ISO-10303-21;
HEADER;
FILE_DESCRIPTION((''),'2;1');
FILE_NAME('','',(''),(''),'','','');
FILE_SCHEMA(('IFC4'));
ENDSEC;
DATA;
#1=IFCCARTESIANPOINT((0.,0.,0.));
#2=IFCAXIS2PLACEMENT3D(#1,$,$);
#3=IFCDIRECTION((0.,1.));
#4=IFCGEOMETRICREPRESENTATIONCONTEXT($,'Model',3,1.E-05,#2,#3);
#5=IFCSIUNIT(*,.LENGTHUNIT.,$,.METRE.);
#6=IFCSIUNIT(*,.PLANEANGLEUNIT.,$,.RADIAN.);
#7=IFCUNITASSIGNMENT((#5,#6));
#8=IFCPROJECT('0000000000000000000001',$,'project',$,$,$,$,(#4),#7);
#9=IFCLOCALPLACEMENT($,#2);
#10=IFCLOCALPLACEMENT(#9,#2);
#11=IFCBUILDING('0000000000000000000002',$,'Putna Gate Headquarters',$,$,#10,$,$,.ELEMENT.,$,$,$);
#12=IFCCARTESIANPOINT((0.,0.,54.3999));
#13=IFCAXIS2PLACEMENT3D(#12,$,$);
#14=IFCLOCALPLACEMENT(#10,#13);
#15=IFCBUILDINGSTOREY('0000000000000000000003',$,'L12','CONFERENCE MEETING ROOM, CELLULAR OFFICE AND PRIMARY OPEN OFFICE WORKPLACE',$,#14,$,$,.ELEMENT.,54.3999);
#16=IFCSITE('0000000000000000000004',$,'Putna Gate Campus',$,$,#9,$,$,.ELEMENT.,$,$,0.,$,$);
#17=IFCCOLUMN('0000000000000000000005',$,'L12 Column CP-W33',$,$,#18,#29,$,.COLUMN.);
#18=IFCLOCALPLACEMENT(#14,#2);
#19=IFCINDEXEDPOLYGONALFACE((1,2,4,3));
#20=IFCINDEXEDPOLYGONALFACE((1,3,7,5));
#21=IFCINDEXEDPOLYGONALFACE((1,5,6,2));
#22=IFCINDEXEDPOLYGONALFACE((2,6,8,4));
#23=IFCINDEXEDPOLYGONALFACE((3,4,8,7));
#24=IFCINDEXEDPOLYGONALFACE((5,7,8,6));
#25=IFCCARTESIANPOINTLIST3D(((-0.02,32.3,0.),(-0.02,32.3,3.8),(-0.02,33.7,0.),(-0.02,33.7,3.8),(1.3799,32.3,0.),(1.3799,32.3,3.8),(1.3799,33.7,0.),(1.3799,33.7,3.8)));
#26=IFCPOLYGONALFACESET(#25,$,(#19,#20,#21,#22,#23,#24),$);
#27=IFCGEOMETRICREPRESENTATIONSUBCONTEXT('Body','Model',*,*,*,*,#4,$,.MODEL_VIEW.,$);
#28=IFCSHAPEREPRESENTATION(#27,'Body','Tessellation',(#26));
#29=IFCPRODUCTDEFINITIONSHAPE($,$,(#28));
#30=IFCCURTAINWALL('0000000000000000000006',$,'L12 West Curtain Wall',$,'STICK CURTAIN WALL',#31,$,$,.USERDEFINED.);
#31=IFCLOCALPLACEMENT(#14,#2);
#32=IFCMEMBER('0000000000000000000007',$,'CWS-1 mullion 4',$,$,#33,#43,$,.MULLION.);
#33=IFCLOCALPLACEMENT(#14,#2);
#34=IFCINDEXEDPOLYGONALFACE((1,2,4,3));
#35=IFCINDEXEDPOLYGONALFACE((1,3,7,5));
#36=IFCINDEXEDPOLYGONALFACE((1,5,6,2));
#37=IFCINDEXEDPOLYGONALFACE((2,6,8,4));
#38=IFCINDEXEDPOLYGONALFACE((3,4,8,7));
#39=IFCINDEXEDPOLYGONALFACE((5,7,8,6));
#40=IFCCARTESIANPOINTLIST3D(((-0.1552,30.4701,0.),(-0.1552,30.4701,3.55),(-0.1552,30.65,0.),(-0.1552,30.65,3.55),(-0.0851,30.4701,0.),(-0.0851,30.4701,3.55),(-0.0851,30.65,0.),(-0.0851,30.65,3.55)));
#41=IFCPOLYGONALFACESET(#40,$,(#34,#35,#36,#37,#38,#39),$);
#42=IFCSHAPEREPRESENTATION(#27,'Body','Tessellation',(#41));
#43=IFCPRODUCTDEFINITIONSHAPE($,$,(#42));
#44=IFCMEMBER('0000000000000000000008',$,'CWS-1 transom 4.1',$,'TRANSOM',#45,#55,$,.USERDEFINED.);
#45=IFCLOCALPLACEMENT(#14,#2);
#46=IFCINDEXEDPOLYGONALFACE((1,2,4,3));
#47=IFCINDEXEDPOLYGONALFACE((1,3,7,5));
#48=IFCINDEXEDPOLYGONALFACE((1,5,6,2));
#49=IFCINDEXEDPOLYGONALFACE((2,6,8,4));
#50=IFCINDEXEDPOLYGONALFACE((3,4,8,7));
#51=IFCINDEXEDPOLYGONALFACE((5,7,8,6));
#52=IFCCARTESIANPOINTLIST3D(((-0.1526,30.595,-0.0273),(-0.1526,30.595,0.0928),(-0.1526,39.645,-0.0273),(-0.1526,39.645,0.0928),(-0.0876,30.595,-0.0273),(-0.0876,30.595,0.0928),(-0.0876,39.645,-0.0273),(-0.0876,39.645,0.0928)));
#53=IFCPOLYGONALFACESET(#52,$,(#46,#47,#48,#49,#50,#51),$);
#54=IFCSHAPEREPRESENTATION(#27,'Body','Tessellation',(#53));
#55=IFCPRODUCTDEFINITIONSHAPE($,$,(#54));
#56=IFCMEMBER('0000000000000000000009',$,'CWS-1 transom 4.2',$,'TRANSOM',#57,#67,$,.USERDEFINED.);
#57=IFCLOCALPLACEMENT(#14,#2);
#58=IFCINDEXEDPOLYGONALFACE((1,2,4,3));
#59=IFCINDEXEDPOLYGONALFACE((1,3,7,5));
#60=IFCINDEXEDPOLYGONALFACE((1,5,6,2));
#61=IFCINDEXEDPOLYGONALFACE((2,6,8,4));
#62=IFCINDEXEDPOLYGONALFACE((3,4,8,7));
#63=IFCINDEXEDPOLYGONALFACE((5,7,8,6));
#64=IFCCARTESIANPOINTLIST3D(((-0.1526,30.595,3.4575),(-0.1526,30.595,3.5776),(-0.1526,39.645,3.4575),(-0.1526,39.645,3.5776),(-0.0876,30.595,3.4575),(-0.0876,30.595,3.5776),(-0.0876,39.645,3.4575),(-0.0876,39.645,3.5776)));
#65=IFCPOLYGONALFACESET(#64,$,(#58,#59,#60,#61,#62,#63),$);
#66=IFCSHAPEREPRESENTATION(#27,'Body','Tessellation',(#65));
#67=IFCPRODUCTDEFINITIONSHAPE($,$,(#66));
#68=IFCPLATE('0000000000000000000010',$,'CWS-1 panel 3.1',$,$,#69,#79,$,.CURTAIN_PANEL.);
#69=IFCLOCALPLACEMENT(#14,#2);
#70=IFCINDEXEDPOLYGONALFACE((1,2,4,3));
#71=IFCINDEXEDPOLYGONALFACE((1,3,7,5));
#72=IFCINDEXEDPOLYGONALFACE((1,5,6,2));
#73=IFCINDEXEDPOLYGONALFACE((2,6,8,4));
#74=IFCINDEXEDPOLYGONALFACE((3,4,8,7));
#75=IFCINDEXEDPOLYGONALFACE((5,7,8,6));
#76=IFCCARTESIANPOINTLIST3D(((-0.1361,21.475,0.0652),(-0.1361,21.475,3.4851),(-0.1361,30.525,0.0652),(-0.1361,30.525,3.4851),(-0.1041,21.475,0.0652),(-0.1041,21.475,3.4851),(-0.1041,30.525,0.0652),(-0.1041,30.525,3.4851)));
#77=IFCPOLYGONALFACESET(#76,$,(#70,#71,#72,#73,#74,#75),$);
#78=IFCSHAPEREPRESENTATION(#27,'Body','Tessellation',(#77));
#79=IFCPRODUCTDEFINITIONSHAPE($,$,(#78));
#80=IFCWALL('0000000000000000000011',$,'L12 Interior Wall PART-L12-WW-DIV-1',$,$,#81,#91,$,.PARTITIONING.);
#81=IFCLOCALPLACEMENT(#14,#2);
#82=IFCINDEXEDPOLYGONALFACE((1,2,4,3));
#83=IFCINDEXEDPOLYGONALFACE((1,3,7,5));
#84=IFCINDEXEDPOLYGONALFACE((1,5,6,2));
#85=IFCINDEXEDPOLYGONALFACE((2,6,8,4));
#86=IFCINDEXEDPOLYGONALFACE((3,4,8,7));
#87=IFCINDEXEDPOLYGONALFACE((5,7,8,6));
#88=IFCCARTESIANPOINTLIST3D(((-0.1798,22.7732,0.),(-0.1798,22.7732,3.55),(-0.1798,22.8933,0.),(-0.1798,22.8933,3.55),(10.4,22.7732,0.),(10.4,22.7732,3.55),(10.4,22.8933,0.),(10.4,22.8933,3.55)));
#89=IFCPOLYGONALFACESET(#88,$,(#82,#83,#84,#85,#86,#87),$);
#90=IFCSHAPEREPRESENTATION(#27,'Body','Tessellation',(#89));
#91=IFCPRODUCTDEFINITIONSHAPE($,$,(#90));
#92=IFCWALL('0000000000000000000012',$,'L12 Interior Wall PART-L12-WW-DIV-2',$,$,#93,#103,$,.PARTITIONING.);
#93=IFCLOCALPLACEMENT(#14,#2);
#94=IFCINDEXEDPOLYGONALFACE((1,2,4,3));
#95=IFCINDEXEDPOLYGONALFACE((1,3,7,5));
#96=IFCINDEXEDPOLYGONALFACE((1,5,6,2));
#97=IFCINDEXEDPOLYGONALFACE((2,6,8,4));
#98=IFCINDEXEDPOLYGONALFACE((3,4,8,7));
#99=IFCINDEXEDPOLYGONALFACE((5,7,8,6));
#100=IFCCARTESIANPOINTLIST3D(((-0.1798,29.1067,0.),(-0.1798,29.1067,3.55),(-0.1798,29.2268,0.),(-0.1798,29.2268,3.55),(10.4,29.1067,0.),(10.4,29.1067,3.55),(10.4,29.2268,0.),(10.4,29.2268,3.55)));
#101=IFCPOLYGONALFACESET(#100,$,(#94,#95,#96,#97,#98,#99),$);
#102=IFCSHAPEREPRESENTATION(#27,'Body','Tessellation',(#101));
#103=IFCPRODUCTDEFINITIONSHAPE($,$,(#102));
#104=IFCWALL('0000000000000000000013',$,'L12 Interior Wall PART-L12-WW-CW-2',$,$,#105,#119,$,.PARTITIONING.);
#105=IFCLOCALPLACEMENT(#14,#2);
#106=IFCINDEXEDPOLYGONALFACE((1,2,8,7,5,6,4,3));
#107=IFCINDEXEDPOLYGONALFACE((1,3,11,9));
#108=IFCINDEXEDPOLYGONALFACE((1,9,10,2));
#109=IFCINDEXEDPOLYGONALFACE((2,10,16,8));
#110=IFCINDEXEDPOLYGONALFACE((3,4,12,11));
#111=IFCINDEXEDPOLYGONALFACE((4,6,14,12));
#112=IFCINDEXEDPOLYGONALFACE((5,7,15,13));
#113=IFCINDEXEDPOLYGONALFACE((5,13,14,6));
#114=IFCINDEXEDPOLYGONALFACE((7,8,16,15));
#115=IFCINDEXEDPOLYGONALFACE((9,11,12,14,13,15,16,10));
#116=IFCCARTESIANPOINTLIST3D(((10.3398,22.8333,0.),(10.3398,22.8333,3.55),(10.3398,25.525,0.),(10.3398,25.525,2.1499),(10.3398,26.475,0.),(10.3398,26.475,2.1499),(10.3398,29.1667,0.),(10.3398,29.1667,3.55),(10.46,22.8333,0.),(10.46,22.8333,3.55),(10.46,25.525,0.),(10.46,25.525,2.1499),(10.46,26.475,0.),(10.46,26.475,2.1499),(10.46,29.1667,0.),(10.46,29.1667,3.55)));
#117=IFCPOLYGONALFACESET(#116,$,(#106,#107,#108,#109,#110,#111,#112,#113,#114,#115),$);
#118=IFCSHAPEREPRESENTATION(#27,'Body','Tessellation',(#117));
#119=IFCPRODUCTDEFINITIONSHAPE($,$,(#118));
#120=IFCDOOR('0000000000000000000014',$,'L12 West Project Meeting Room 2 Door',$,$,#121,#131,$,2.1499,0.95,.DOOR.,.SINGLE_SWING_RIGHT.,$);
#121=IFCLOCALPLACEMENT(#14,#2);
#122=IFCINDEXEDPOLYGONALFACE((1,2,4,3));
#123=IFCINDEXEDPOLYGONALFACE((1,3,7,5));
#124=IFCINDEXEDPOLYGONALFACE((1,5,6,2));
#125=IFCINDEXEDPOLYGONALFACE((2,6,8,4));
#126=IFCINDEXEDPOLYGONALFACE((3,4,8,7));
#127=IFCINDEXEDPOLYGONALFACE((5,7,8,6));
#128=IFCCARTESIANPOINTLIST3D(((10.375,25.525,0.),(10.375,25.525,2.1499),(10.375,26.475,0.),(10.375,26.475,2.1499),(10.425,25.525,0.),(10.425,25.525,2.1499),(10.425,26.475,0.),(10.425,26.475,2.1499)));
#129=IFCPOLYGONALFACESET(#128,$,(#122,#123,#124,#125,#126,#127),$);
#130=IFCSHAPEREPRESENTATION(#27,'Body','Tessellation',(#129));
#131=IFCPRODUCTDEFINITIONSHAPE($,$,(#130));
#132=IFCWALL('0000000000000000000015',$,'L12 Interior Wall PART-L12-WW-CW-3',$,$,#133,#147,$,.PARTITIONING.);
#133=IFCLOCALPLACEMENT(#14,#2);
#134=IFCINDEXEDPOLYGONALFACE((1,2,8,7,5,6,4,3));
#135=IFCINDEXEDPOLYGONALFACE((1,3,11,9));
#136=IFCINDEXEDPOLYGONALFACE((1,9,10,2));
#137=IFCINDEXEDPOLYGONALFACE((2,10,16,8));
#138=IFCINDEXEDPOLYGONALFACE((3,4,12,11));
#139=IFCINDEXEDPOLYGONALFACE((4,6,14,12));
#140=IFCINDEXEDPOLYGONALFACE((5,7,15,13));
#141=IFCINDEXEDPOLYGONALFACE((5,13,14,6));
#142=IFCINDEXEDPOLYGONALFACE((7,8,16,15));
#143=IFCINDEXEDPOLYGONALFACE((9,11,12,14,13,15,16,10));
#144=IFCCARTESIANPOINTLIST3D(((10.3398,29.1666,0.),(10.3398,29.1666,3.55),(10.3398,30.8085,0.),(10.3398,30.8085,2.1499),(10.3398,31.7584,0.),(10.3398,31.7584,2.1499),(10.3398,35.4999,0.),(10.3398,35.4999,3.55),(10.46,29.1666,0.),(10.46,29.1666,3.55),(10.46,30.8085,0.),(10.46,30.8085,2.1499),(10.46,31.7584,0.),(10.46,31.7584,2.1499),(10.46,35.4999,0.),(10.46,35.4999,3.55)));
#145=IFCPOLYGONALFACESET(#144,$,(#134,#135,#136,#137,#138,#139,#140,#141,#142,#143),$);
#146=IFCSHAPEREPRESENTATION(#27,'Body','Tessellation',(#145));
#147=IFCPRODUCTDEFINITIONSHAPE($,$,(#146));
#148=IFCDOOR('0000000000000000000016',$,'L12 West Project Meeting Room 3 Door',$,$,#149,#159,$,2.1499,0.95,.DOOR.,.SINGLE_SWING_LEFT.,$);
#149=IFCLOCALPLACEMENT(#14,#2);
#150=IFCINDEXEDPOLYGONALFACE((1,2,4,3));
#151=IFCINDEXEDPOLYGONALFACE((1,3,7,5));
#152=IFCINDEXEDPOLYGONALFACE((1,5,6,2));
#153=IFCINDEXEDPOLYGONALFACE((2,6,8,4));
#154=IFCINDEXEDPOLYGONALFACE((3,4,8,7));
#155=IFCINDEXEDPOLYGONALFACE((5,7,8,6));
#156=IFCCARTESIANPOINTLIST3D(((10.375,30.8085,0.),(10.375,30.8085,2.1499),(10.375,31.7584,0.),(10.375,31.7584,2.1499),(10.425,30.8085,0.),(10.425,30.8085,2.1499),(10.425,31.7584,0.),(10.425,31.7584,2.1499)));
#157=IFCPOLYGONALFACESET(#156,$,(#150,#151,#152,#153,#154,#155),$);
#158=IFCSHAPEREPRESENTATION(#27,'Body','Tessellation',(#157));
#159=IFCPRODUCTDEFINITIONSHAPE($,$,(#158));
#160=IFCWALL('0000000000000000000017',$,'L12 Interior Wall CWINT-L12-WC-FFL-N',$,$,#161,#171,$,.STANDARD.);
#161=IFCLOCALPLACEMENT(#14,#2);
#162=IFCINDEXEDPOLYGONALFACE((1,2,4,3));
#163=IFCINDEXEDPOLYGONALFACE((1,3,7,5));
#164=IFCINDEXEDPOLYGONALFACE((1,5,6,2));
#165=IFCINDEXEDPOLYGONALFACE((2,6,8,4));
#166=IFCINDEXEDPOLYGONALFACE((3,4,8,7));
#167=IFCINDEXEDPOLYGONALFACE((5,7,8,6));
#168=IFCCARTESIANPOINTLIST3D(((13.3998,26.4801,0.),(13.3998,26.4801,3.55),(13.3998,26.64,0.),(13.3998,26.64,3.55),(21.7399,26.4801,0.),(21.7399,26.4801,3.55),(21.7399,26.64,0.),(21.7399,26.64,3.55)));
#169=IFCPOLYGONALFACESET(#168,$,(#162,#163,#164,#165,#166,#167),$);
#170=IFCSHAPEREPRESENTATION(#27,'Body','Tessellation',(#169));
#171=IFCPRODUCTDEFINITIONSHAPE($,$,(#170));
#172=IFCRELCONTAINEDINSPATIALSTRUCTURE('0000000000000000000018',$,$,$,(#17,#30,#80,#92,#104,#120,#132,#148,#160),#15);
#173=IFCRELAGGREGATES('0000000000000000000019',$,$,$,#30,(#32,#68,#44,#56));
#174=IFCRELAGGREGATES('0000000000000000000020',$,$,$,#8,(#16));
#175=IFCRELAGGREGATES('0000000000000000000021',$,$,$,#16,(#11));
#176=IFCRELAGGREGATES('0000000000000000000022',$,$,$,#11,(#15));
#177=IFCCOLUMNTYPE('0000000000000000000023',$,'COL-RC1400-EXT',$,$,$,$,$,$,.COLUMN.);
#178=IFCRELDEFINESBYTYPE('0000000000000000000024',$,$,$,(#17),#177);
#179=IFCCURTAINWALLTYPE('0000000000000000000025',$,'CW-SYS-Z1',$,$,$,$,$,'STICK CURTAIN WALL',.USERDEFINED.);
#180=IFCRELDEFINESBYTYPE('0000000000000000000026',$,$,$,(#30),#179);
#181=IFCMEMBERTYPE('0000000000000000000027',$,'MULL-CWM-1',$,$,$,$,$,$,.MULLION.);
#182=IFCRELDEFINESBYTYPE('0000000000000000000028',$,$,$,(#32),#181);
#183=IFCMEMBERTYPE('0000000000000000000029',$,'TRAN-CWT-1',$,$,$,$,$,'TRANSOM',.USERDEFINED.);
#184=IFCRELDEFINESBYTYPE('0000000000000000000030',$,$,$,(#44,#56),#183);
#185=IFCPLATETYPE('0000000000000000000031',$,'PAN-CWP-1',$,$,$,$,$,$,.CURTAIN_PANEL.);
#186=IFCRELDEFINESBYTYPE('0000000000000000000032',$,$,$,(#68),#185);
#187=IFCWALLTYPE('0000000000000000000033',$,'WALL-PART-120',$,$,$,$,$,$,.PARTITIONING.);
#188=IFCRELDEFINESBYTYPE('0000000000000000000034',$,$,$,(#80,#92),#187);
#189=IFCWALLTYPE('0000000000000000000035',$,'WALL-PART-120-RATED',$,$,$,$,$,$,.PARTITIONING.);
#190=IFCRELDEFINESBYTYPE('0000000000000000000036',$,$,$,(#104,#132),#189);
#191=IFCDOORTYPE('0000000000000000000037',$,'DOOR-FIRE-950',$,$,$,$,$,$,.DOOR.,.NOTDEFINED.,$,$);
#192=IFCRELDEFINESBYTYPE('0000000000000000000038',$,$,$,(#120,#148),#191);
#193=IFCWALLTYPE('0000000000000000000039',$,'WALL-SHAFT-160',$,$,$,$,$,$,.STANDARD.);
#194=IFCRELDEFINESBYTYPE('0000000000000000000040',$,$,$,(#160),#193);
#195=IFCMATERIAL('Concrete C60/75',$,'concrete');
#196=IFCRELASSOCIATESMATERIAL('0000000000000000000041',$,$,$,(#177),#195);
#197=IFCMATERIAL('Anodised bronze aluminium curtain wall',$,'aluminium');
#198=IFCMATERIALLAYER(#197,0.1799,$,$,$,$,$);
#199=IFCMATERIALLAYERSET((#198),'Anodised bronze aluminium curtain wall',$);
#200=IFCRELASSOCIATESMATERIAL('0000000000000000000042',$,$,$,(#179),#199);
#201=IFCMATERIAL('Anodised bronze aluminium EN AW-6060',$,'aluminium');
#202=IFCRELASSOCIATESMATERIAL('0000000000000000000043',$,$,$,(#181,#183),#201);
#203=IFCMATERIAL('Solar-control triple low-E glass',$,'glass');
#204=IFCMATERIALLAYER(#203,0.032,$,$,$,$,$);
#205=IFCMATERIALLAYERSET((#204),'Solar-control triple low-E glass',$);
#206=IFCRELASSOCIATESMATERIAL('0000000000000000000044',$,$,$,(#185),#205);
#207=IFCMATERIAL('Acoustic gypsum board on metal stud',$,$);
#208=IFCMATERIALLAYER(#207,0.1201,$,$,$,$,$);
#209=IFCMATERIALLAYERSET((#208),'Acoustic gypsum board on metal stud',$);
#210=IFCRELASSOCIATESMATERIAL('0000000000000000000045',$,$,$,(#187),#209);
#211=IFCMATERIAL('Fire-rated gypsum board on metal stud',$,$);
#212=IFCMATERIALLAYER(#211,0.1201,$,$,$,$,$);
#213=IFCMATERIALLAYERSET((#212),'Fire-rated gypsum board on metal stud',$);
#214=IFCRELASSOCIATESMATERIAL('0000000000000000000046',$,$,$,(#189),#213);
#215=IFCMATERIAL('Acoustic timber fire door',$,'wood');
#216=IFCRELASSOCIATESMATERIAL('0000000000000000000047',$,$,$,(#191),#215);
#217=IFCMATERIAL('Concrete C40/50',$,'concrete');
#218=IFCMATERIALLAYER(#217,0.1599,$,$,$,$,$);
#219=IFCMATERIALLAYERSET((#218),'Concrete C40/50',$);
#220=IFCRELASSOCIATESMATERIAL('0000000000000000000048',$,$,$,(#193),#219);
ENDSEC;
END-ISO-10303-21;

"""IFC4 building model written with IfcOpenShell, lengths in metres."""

from ifc_helpers import new_model, si_unit, direction, frame, frame_2d, origin, origin_2d, place, context, subcontext, project, spatial, rectangle, extrude, material, layer, layer_set, material_profile, profile_set, type_object, element, fill, aggregate, save


model = new_model("IFC4")

# Units and contexts
model_context = context("Model", 3, precision=1e-05, world=origin(), true_north=direction((0.0, 1.0)))
body_context = subcontext(model_context, "Body", "Model", "MODEL_VIEW")
ifc_project = project(units=[si_unit("LENGTHUNIT", "METRE"), si_unit("PLANEANGLEUNIT", "RADIAN")], contexts=[model_context])

# Site, building, storey
site_placement = place(None, origin())
site = spatial("IfcSite", under=ifc_project, at=site_placement, Name="Putna Gate Campus", CompositionType="ELEMENT", RefElevation=0.0)
building_placement = place(site_placement, origin())
building = spatial("IfcBuilding", under=site, at=building_placement, Name="Putna Gate Headquarters", CompositionType="ELEMENT")
storey_placement = place(building_placement, frame((0.0, 0.0, 54.3999)))
storey = spatial("IfcBuildingStorey", under=building, at=storey_placement, Name="L12", Description="CONFERENCE MEETING ROOM, CELLULAR OFFICE AND PRIMARY OPEN OFFICE WORKPLACE", CompositionType="ELEMENT", Elevation=54.3999)

# Column
ifc_material_1 = material(Name="Concrete C60/75", Category="concrete")
ifc_material_profile_1 = material_profile(ifc_material_1, rectangle(XDim=1.3999, YDim=1.3999, at=origin_2d()), Name="Concrete C60/75")
ifc_profile_set_1 = profile_set([ifc_material_profile_1], Name="Concrete C60/75")
column_type = type_object("IfcColumnType", Name="COL-RC1400-EXT", PredefinedType="COLUMN", material=ifc_profile_set_1)
column_placement = place(storey_placement, frame((0.6799, 33.0, 0.0), z_axis=(0.0, 0.0, 1.0), x_axis=(1.0, 0.0, 0.0)))
element("IfcColumn", 1, at=column_placement, inside=storey, type_object=column_type, Name="L12 Column CP-W33", PredefinedType="COLUMN", context=body_context, shape_type="SweptSolid", body=[
    extrude(rectangle(XDim=1.3999, YDim=1.3999, at=origin_2d()), origin(), (0.0, 0.0, 1.0), 3.8),
])

# Curtain wall, members, plate
ifc_material_2 = material(Name="Anodised bronze aluminium curtain wall", Category="aluminium")
ifc_layer_1 = layer(ifc_material_2, 0.1799)
ifc_layer_set_1 = layer_set([ifc_layer_1], Name="Anodised bronze aluminium curtain wall")
curtain_wall_type = type_object("IfcCurtainWallType", Name="CW-SYS-Z1", ElementType="STICK CURTAIN WALL", PredefinedType="USERDEFINED", material=ifc_layer_set_1)
curtain_wall_placement = place(storey_placement, origin())
curtain_wall = element("IfcCurtainWall", 2, at=curtain_wall_placement, inside=storey, type_object=curtain_wall_type, Name="L12 West Curtain Wall", ObjectType="STICK CURTAIN WALL", PredefinedType="USERDEFINED")
ifc_material_3 = material(Name="Anodised bronze aluminium EN AW-6060", Category="aluminium")
ifc_material_profile_2 = material_profile(ifc_material_3, rectangle(XDim=0.0701, YDim=0.1799, at=origin_2d()), Name="Anodised bronze aluminium EN AW-6060")
ifc_profile_set_2 = profile_set([ifc_material_profile_2], Name="Anodised bronze aluminium EN AW-6060")
member_type_1 = type_object("IfcMemberType", Name="MULL-CWM-1", PredefinedType="MULLION", material=ifc_profile_set_2)
member_1_placement = place(storey_placement, frame((-0.1201, 30.5601, 0.0), z_axis=(0.0, 0.0, 1.0), x_axis=(-1.0, 0.0, 0.0)))
member_1 = element("IfcMember", 3, at=member_1_placement, type_object=member_type_1, Name="CWS-1 mullion 4", PredefinedType="MULLION", context=body_context, shape_type="SweptSolid", body=[
    extrude(rectangle(XDim=0.0701, YDim=0.1799, at=origin_2d()), origin(), (0.0, 0.0, 1.0), 3.55),
])
ifc_material_profile_3 = material_profile(ifc_material_3, rectangle(XDim=0.0649, YDim=0.1201, at=origin_2d()), Name="Anodised bronze aluminium EN AW-6060")
ifc_profile_set_3 = profile_set([ifc_material_profile_3], Name="Anodised bronze aluminium EN AW-6060")
member_type_2 = type_object("IfcMemberType", Name="TRAN-CWT-1", ElementType="TRANSOM", PredefinedType="USERDEFINED", material=ifc_profile_set_3)
member_2_placement = place(storey_placement, frame((-0.1201, 30.595, 0.0327), z_axis=(0.0, 1.0, 0.0), x_axis=(-1.0, 0.0, 0.0)))
member_2 = element("IfcMember", 4, at=member_2_placement, type_object=member_type_2, Name="CWS-1 transom 4.1", ObjectType="TRANSOM", PredefinedType="USERDEFINED", context=body_context, shape_type="SweptSolid", body=[
    extrude(rectangle(XDim=0.0649, YDim=0.1201, at=origin_2d()), origin(), (0.0, 0.0, 1.0), 9.05),
])
member_3_placement = place(storey_placement, frame((-0.1201, 30.595, 3.5176), z_axis=(0.0, 1.0, 0.0), x_axis=(-1.0, 0.0, 0.0)))
member_3 = element("IfcMember", 5, at=member_3_placement, type_object=member_type_2, Name="CWS-1 transom 4.2", ObjectType="TRANSOM", PredefinedType="USERDEFINED", context=body_context, shape_type="SweptSolid", body=[
    extrude(rectangle(XDim=0.0649, YDim=0.1201, at=origin_2d()), origin(), (0.0, 0.0, 1.0), 9.05),
])
ifc_material_4 = material(Name="Solar-control triple low-E glass", Category="glass")
ifc_layer_2 = layer(ifc_material_4, 0.032)
ifc_layer_set_2 = layer_set([ifc_layer_2], Name="Solar-control triple low-E glass")
plate_type = type_object("IfcPlateType", Name="PAN-CWP-1", PredefinedType="CURTAIN_PANEL", material=ifc_layer_set_2)
plate_placement = place(storey_placement, frame((-0.1201, 26.0, 0.0652), z_axis=(0.0, 0.0, 1.0), x_axis=(0.0, 1.0, 0.0)))
plate = element("IfcPlate", 6, at=plate_placement, type_object=plate_type, Name="CWS-1 panel 3.1", PredefinedType="CURTAIN_PANEL", context=body_context, shape_type="SweptSolid", body=[
    extrude(rectangle(XDim=9.05, YDim=0.032, at=origin_2d()), origin(), (0.0, 0.0, 1.0), 3.4199),
])
aggregate(curtain_wall, [member_1, plate, member_2, member_3])

# Walls
ifc_material_5 = material(Name="Acoustic gypsum board on metal stud")
ifc_layer_3 = layer(ifc_material_5, 0.1201)
ifc_layer_set_3 = layer_set([ifc_layer_3], Name="Acoustic gypsum board on metal stud")
wall_type_1 = type_object("IfcWallType", Name="WALL-PART-120", PredefinedType="PARTITIONING", material=ifc_layer_set_3)
for number, where, z_axis, x_axis, name in (
    (7, (-0.1799, 22.8333, 0.0), (0.0, 0.0, 1.0), (1.0, 0.0, 0.0), "L12 Interior Wall PART-L12-WW-DIV-1"),
    (8, (-0.1799, 29.1667, 0.0), (0.0, 0.0, 1.0), (1.0, 0.0, 0.0), "L12 Interior Wall PART-L12-WW-DIV-2"),
):
    element("IfcWall", number, at=place(storey_placement, frame(where, z_axis=z_axis, x_axis=x_axis)), inside=storey, type_object=wall_type_1, Name=name, PredefinedType="PARTITIONING", context=body_context, shape_type="SweptSolid", body=[
        extrude(rectangle(XDim=10.5798, YDim=0.1201, at=frame_2d((5.29, 0.0))), origin(), (0.0, 0.0, 1.0), 3.55),
    ])

# Walls, openings, doors
ifc_material_6 = material(Name="Fire-rated gypsum board on metal stud")
ifc_layer_4 = layer(ifc_material_6, 0.1201)
ifc_layer_set_4 = layer_set([ifc_layer_4], Name="Fire-rated gypsum board on metal stud")
wall_type_2 = type_object("IfcWallType", Name="WALL-PART-120-RATED", PredefinedType="PARTITIONING", material=ifc_layer_set_4)
wall_1_placement = place(storey_placement, frame((10.3999, 22.8333, 0.0), z_axis=(0.0, 0.0, 1.0), x_axis=(0.0, 1.0, 0.0)))
wall_1 = element("IfcWall", 9, at=wall_1_placement, inside=storey, type_object=wall_type_2, Name="L12 Interior Wall PART-L12-WW-CW-2", PredefinedType="PARTITIONING", context=body_context, shape_type="SweptSolid", body=[
    extrude(rectangle(XDim=6.3335, YDim=0.1201, at=frame_2d((3.1667, 0.0))), origin(), (0.0, 0.0, 1.0), 3.55),
])
opening_1_placement = place(wall_1_placement, frame((2.6917, 0.0, 0.0)))
opening_1 = element("IfcOpeningElement", 10, at=opening_1_placement, cuts=wall_1, PredefinedType="OPENING", context=body_context, shape_type="SweptSolid", body=[
    extrude(rectangle(XDim=0.95, YDim=2.1499, at=frame_2d((0.4751, 1.075))), frame((0.0, 0.0701, 0.0), z_axis=(0.0, -1.0, 0.0), x_axis=(1.0, 0.0, 0.0)), (0.0, 0.0, 1.0), 0.1401),
])
ifc_material_7 = material(Name="Acoustic timber fire door", Category="wood")
door_type_1 = type_object("IfcDoorType", Name="DOOR-FIRE-950", OperationType="NOTDEFINED", PredefinedType="DOOR", material=ifc_material_7)
door_1_placement = place(opening_1_placement, origin())
door_1 = element("IfcDoor", 11, at=door_1_placement, inside=storey, type_object=door_type_1, Name="L12 West Project Meeting Room 2 Door", OperationType="SINGLE_SWING_RIGHT", OverallHeight=2.1499, OverallWidth=0.95, PredefinedType="DOOR", context=body_context, shape_type="SweptSolid", body=[
    extrude(rectangle(XDim=0.95, YDim=2.1499, at=frame_2d((0.4751, 1.075))), frame((0.0, 0.0249, 0.0), z_axis=(0.0, -1.0, 0.0), x_axis=(1.0, 0.0, 0.0)), (0.0, 0.0, 1.0), 0.05),
])
fill(opening_1, door_1)
wall_2_placement = place(storey_placement, frame((10.3999, 29.1667, 0.0), z_axis=(0.0, 0.0, 1.0), x_axis=(0.0, 1.0, 0.0)))
wall_2 = element("IfcWall", 12, at=wall_2_placement, inside=storey, type_object=wall_type_2, Name="L12 Interior Wall PART-L12-WW-CW-3", PredefinedType="PARTITIONING", context=body_context, shape_type="SweptSolid", body=[
    extrude(rectangle(XDim=6.3333, YDim=0.1201, at=frame_2d((3.1665, 0.0))), origin(), (0.0, 0.0, 1.0), 3.55),
])
opening_2_placement = place(wall_2_placement, frame((1.6416, 0.0, 0.0)))
opening_2 = element("IfcOpeningElement", 13, at=opening_2_placement, cuts=wall_2, PredefinedType="OPENING", context=body_context, shape_type="SweptSolid", body=[
    extrude(rectangle(XDim=0.95, YDim=2.1499, at=frame_2d((0.4751, 1.075))), frame((0.0, 0.0701, 0.0), z_axis=(0.0, -1.0, 0.0), x_axis=(1.0, 0.0, 0.0)), (0.0, 0.0, 1.0), 0.1401),
])
door_2_placement = place(opening_2_placement, origin())
door_2 = element("IfcDoor", 14, at=door_2_placement, inside=storey, type_object=door_type_1, Name="L12 West Project Meeting Room 3 Door", OperationType="SINGLE_SWING_LEFT", OverallHeight=2.1499, OverallWidth=0.95, PredefinedType="DOOR", context=body_context, shape_type="SweptSolid", body=[
    extrude(rectangle(XDim=0.95, YDim=2.1499, at=frame_2d((0.4751, 1.075))), frame((0.0, 0.0249, 0.0), z_axis=(0.0, -1.0, 0.0), x_axis=(1.0, 0.0, 0.0)), (0.0, 0.0, 1.0), 0.05),
])
fill(opening_2, door_2)

# Wall
ifc_material_8 = material(Name="Concrete C40/50", Category="concrete")
ifc_layer_5 = layer(ifc_material_8, 0.1599)
ifc_layer_set_5 = layer_set([ifc_layer_5], Name="Concrete C40/50")
wall_type_3 = type_object("IfcWallType", Name="WALL-SHAFT-160", PredefinedType="STANDARD", material=ifc_layer_set_5)
wall_3_placement = place(storey_placement, frame((13.3999, 26.5601, 0.0), z_axis=(0.0, 0.0, 1.0), x_axis=(1.0, 0.0, 0.0)))
element("IfcWall", 15, at=wall_3_placement, inside=storey, type_object=wall_type_3, Name="L12 Interior Wall CWINT-L12-WC-FFL-N", PredefinedType="STANDARD", context=body_context, shape_type="SweptSolid", body=[
    extrude(rectangle(XDim=8.3401, YDim=0.1599, at=frame_2d((4.1699, 0.0))), origin(), (0.0, 0.0, 1.0), 3.55),
])

save(model, "model.ifc")
